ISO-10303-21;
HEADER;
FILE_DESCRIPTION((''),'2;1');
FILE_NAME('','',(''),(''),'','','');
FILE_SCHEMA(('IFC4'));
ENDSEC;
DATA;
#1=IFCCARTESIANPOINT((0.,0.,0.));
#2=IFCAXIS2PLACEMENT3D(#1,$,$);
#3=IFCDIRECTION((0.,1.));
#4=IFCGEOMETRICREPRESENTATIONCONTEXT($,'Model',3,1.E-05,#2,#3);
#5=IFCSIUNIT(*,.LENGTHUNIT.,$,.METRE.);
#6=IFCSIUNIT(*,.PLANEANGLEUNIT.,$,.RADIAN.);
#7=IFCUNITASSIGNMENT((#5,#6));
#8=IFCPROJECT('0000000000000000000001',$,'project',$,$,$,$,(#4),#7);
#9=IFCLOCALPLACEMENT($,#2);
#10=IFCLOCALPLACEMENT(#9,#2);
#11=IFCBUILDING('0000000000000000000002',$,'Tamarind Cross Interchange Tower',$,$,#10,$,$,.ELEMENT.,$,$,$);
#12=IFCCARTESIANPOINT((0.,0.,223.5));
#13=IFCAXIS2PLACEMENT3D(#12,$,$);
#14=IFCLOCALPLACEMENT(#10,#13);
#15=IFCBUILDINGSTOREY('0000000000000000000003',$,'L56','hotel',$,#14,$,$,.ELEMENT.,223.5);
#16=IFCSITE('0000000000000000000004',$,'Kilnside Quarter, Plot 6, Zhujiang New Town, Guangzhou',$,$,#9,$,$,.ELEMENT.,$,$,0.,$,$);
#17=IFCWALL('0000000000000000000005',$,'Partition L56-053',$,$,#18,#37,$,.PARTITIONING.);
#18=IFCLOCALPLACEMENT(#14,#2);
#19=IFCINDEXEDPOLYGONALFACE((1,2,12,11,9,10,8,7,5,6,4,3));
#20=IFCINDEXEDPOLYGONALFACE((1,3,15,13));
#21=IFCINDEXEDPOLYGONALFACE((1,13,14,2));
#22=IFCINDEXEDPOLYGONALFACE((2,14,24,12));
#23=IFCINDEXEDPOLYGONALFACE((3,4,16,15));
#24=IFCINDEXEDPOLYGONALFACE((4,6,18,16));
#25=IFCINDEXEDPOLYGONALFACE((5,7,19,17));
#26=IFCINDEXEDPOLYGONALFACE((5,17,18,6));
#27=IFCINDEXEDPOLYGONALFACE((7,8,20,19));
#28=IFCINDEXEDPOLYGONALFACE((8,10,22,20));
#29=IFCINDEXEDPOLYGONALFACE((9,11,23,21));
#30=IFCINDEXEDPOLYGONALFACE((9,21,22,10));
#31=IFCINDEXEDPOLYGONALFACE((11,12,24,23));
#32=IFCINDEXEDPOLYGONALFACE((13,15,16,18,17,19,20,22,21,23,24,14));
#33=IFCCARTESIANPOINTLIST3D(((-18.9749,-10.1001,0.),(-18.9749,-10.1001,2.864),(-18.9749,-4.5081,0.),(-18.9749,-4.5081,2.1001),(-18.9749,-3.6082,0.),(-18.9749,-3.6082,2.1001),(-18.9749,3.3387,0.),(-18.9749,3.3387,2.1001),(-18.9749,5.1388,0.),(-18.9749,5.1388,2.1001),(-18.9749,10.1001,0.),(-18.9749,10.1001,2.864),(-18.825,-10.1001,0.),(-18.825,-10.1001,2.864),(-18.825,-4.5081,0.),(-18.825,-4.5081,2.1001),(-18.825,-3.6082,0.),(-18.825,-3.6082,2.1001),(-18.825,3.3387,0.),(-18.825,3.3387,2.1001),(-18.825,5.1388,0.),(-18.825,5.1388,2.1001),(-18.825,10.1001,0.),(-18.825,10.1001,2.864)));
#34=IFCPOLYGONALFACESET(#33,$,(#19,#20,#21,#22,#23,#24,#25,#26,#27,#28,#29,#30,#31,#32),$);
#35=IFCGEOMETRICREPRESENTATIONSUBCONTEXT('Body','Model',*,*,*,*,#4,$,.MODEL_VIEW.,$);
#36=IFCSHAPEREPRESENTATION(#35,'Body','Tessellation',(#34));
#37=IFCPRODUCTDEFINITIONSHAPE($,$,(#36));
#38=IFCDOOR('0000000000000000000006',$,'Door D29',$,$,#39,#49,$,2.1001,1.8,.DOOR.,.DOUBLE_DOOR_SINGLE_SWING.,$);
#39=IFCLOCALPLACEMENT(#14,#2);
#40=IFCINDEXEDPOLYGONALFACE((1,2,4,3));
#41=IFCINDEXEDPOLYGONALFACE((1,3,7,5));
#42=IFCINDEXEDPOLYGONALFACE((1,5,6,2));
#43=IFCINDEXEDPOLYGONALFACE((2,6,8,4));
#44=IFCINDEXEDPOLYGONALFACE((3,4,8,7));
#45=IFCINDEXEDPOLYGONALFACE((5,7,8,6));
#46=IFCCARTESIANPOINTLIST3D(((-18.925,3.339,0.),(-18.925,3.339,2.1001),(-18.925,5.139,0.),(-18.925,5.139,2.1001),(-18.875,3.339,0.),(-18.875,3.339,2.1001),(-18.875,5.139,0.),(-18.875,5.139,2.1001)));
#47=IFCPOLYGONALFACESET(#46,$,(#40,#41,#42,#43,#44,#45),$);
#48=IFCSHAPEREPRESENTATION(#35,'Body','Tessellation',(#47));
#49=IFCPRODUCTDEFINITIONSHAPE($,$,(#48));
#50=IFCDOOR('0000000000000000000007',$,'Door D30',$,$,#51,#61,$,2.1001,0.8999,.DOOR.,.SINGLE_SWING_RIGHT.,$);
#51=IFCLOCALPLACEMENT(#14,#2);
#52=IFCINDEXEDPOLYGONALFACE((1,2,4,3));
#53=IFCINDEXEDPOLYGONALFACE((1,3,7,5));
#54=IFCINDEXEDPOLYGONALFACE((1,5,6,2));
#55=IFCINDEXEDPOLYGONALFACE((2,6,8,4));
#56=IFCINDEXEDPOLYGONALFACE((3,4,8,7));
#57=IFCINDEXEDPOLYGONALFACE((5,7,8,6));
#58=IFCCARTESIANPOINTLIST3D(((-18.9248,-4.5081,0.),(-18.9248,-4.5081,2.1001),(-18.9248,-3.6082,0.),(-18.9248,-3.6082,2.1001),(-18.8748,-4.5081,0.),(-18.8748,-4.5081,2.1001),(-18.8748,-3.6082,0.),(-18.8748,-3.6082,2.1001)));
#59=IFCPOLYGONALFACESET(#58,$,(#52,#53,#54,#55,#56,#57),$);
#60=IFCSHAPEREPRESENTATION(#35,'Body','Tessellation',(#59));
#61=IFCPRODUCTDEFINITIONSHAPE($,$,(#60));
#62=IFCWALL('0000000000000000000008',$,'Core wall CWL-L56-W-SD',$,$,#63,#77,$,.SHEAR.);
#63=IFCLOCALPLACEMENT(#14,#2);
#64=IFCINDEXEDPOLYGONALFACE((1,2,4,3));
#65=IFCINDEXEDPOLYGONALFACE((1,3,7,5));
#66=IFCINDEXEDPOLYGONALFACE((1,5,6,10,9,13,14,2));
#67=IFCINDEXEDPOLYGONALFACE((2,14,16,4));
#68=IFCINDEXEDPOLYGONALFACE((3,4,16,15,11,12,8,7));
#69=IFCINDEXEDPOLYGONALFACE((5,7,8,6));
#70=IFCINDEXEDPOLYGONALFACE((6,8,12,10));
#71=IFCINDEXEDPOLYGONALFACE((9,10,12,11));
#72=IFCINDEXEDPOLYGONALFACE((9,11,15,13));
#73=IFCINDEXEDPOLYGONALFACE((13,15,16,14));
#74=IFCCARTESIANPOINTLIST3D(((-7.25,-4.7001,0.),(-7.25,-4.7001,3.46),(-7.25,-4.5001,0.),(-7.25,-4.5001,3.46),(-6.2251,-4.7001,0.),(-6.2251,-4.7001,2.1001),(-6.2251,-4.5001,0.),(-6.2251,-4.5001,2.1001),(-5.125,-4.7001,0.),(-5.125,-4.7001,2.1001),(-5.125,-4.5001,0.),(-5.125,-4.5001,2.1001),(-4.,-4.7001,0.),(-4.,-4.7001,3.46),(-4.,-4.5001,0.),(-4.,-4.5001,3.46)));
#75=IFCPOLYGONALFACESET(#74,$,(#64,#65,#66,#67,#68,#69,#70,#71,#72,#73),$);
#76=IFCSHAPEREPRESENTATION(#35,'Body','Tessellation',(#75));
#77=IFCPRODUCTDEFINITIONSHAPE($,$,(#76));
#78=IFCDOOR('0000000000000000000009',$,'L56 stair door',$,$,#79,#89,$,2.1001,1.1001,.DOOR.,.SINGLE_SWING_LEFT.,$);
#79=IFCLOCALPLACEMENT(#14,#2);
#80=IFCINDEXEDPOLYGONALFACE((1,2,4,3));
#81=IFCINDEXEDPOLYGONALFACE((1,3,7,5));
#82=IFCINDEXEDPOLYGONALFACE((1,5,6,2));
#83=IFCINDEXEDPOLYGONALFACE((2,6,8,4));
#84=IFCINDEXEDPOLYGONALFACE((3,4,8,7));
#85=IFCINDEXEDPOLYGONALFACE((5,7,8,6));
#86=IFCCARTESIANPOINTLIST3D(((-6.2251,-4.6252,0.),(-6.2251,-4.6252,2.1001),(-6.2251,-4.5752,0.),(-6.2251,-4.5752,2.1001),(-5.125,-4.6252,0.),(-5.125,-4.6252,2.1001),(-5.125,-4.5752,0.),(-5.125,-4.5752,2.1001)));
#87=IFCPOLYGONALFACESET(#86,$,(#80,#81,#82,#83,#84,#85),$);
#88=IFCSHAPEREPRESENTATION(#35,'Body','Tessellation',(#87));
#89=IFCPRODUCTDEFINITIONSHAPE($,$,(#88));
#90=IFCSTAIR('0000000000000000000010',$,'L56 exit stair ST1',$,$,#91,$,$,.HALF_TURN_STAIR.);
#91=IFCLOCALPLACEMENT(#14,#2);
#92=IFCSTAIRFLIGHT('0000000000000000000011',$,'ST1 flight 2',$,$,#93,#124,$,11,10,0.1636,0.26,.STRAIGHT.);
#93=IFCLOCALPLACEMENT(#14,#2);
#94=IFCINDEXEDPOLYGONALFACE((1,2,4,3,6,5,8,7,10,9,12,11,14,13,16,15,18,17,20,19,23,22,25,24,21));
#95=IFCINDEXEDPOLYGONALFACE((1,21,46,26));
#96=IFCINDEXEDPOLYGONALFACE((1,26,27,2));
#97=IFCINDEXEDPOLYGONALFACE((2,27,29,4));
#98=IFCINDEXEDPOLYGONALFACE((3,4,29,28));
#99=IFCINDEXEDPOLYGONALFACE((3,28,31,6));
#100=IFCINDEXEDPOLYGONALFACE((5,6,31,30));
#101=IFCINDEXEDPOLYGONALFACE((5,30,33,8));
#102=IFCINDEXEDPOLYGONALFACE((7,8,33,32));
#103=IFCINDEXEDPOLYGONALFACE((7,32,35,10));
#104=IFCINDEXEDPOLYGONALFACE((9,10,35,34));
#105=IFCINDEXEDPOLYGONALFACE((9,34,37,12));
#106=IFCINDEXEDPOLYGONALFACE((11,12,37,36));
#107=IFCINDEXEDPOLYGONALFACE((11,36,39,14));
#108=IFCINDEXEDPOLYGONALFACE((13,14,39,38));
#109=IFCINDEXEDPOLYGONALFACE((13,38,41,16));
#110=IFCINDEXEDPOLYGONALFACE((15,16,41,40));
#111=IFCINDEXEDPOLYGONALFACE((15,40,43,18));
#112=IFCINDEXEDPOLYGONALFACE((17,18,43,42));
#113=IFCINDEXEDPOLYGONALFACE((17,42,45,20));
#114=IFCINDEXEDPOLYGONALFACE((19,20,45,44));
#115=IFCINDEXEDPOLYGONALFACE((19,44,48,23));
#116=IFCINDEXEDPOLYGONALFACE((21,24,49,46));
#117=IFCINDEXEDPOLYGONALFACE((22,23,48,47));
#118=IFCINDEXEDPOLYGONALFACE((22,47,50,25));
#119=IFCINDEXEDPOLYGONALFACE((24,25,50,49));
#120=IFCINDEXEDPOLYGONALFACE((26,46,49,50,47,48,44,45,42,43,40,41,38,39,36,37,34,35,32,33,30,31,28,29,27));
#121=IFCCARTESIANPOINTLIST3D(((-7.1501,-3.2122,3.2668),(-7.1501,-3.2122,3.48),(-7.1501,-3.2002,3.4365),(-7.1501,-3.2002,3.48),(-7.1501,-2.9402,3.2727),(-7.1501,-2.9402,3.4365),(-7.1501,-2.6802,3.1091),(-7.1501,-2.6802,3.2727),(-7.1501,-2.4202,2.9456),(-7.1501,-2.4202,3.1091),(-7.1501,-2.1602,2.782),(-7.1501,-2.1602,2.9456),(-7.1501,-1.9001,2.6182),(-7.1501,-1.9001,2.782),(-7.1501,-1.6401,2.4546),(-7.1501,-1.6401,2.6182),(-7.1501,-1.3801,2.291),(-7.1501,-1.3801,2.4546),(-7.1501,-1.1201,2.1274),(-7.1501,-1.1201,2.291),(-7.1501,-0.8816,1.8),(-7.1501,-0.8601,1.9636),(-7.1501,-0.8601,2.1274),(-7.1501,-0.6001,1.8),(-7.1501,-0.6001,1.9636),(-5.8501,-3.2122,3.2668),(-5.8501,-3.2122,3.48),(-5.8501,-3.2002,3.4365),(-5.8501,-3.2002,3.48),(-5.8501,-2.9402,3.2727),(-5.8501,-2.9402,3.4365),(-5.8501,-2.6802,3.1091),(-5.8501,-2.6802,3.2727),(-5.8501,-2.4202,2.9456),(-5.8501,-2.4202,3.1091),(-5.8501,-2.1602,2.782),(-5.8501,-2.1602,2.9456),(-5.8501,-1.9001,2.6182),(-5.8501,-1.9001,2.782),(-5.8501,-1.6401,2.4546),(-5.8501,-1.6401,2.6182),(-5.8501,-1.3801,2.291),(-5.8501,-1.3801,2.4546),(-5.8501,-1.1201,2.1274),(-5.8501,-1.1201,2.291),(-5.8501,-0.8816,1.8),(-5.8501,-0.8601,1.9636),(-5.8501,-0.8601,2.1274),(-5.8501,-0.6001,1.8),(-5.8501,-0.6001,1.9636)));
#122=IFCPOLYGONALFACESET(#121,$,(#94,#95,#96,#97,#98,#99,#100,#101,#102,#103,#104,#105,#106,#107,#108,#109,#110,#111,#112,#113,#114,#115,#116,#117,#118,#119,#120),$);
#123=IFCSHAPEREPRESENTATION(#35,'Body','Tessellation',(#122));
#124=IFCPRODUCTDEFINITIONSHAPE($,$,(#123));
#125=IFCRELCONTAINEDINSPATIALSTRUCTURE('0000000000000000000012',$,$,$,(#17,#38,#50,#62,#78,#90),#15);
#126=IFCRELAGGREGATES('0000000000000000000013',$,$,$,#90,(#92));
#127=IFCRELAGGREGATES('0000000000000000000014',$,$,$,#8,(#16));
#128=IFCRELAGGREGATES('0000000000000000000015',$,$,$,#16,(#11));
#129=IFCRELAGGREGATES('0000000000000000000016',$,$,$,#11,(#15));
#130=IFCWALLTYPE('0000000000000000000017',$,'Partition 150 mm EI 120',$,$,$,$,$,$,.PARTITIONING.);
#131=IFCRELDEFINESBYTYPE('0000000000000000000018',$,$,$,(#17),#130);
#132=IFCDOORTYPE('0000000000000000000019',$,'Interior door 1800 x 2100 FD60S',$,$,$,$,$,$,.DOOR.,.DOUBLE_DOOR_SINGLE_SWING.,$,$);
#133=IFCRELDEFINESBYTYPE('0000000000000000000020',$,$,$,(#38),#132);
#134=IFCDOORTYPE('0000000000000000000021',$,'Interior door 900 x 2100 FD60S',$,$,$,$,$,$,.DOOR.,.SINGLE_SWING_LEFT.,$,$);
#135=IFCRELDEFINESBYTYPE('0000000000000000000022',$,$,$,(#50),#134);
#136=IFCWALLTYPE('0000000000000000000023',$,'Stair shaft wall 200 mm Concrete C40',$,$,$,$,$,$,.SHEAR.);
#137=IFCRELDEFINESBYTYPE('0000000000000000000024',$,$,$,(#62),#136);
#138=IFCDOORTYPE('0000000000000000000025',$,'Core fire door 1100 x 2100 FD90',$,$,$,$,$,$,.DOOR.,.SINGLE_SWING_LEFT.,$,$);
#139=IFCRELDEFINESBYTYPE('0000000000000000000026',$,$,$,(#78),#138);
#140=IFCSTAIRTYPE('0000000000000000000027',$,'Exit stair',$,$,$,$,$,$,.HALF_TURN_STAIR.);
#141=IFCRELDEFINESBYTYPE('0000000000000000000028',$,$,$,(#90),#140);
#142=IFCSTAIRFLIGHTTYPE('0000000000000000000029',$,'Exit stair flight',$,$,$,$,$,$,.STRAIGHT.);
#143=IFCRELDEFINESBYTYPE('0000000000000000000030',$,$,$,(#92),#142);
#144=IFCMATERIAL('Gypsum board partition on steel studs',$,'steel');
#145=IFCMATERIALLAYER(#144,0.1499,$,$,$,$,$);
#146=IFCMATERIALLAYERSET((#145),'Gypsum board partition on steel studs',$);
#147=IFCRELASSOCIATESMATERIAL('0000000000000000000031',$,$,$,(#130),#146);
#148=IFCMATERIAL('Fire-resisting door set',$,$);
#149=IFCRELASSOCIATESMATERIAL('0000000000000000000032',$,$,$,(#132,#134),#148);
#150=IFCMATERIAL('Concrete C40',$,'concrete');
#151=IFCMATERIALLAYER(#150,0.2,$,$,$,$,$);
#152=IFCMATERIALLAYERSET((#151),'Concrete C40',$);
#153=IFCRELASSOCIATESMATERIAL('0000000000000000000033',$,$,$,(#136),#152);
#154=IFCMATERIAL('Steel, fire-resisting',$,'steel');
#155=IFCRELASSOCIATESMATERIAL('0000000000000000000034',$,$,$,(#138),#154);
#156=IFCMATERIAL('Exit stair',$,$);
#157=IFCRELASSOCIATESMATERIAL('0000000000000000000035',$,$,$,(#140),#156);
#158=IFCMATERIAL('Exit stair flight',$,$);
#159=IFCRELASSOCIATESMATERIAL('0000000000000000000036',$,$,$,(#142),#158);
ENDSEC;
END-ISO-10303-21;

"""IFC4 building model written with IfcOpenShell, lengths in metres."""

from ifc_helpers import new_model, si_unit, direction, frame, frame_2d, origin, place, context, subcontext, project, spatial, polyline, rectangle, outline, extrude, material, layer, layer_set, type_object, element, fill, aggregate, save


model = new_model("IFC4")

# Units and contexts
model_context = context("Model", 3, precision=1e-05, world=origin(), true_north=direction((0.0, 1.0)))
body_context = subcontext(model_context, "Body", "Model", "MODEL_VIEW")
ifc_project = project(units=[si_unit("LENGTHUNIT", "METRE"), si_unit("PLANEANGLEUNIT", "RADIAN")], contexts=[model_context])

# Site, building, storey
site_placement = place(None, origin())
site = spatial("IfcSite", under=ifc_project, at=site_placement, Name="Kilnside Quarter, Plot 6, Zhujiang New Town, Guangzhou", CompositionType="ELEMENT", RefElevation=0.0)
building_placement = place(site_placement, origin())
building = spatial("IfcBuilding", under=site, at=building_placement, Name="Tamarind Cross Interchange Tower", CompositionType="ELEMENT")
storey_placement = place(building_placement, frame((0.0, 0.0, 223.5)))
storey = spatial("IfcBuildingStorey", under=building, at=storey_placement, Name="L56", Description="hotel", CompositionType="ELEMENT", Elevation=223.5)

# Shared definitions
ifc_material_1 = material(Name="Steel, fire-resisting", Category="steel")

# Shared definitions
ifc_material_2 = material(Name="Gypsum board partition on steel studs", Category="steel")
ifc_layer_1 = layer(ifc_material_2, 0.1499)
ifc_layer_set_1 = layer_set([ifc_layer_1], Name="Gypsum board partition on steel studs")
wall_type_1 = type_object("IfcWallType", Name="Partition 150 mm EI 120", PredefinedType="PARTITIONING", material=ifc_layer_set_1)

# Wall, openings, doors
wall_1_placement = place(storey_placement, frame((-18.8999, -10.1001, 0.0), z_axis=(0.0, 0.0, 1.0), x_axis=(0.0, 1.0, 0.0)))
wall_1 = element("IfcWall", 1, at=wall_1_placement, inside=storey, type_object=wall_type_1, Name="Partition L56-053", PredefinedType="PARTITIONING", context=body_context, shape_type="SweptSolid", body=[
    extrude(rectangle(XDim=20.2002, YDim=0.1499, at=frame_2d((10.1001, 0.0))), origin(), (0.0, 0.0, 1.0), 2.864),
])
opening_1_placement = place(wall_1_placement, frame((13.439, 0.0, 0.0)))
opening_1 = element("IfcOpeningElement", 2, at=opening_1_placement, cuts=wall_1, PredefinedType="OPENING", context=body_context, shape_type="SweptSolid", body=[
    extrude(rectangle(XDim=1.8, YDim=2.1001, at=frame_2d((0.8999, 1.05))), frame((0.0, 0.085, 0.0), z_axis=(0.0, -1.0, 0.0), x_axis=(1.0, 0.0, 0.0)), (0.0, 0.0, 1.0), 0.1699),
])
opening_2_placement = place(wall_1_placement, frame((5.592, 0.0, 0.0)))
opening_2 = element("IfcOpeningElement", 3, at=opening_2_placement, cuts=wall_1, PredefinedType="OPENING", context=body_context, shape_type="SweptSolid", body=[
    extrude(rectangle(XDim=0.8999, YDim=2.1001, at=frame_2d((0.45, 1.05))), frame((0.0, 0.085, 0.0), z_axis=(0.0, -1.0, 0.0), x_axis=(1.0, 0.0, 0.0)), (0.0, 0.0, 1.0), 0.1699),
])
ifc_material_3 = material(Name="Fire-resisting door set")
door_type_1 = type_object("IfcDoorType", Name="Interior door 1800 x 2100 FD60S", OperationType="DOUBLE_DOOR_SINGLE_SWING", PredefinedType="DOOR", material=ifc_material_3)
door_1_placement = place(opening_1_placement, frame((1.8, 0.0, 0.0), z_axis=(0.0, 0.0, 1.0), x_axis=(-1.0, 0.0, 0.0)))
door_1 = element("IfcDoor", 4, at=door_1_placement, inside=storey, type_object=door_type_1, Name="Door D29", OperationType="DOUBLE_DOOR_SINGLE_SWING", OverallHeight=2.1001, OverallWidth=1.8, PredefinedType="DOOR", context=body_context, shape_type="SweptSolid", body=[
    extrude(rectangle(XDim=1.8, YDim=2.1001, at=frame_2d((0.8999, 1.05))), frame((0.0, 0.0249, 0.0), z_axis=(0.0, -1.0, 0.0), x_axis=(1.0, 0.0, 0.0)), (0.0, 0.0, 1.0), 0.05),
])
fill(opening_1, door_1)
door_type_2 = type_object("IfcDoorType", Name="Interior door 900 x 2100 FD60S", OperationType="SINGLE_SWING_LEFT", PredefinedType="DOOR", material=ifc_material_3)
door_2_placement = place(opening_2_placement, origin())
door_2 = element("IfcDoor", 5, at=door_2_placement, inside=storey, type_object=door_type_2, Name="Door D30", OperationType="SINGLE_SWING_RIGHT", OverallHeight=2.1001, OverallWidth=0.8999, PredefinedType="DOOR", context=body_context, shape_type="SweptSolid", body=[
    extrude(rectangle(XDim=0.8999, YDim=2.1001, at=frame_2d((0.45, 1.05))), frame((0.0, 0.0249, 0.0), z_axis=(0.0, -1.0, 0.0), x_axis=(1.0, 0.0, 0.0)), (0.0, 0.0, 1.0), 0.05),
])
fill(opening_2, door_2)

# Wall, opening, door
ifc_material_4 = material(Name="Concrete C40", Category="concrete")
ifc_layer_2 = layer(ifc_material_4, 0.2)
ifc_layer_set_2 = layer_set([ifc_layer_2], Name="Concrete C40")
wall_type_2 = type_object("IfcWallType", Name="Stair shaft wall 200 mm Concrete C40", PredefinedType="SHEAR", material=ifc_layer_set_2)
wall_2_placement = place(storey_placement, frame((-7.25, -4.6001, 0.0), z_axis=(0.0, 0.0, 1.0), x_axis=(1.0, 0.0, 0.0)))
wall_2 = element("IfcWall", 6, at=wall_2_placement, inside=storey, type_object=wall_type_2, Name="Core wall CWL-L56-W-SD", PredefinedType="SHEAR", context=body_context, shape_type="SweptSolid", body=[
    extrude(rectangle(XDim=3.25, YDim=0.2, at=frame_2d((1.625, 0.0))), origin(), (0.0, 0.0, 1.0), 3.46),
])
opening_3_placement = place(wall_2_placement, frame((1.0249, 0.0, 0.0)))
opening_3 = element("IfcOpeningElement", 7, at=opening_3_placement, cuts=wall_2, PredefinedType="OPENING", context=body_context, shape_type="SweptSolid", body=[
    extrude(rectangle(XDim=1.1001, YDim=2.1001, at=frame_2d((0.55, 1.05))), frame((0.0, 0.1099, 0.0), z_axis=(0.0, -1.0, 0.0), x_axis=(1.0, 0.0, 0.0)), (0.0, 0.0, 1.0), 0.22),
])
door_type_3 = type_object("IfcDoorType", Name="Core fire door 1100 x 2100 FD90", OperationType="SINGLE_SWING_LEFT", PredefinedType="DOOR", material=ifc_material_1)
door_3_placement = place(opening_3_placement, origin())
door_3 = element("IfcDoor", 8, at=door_3_placement, inside=storey, type_object=door_type_3, Name="L56 stair door", OperationType="SINGLE_SWING_LEFT", OverallHeight=2.1001, OverallWidth=1.1001, PredefinedType="DOOR", context=body_context, shape_type="SweptSolid", body=[
    extrude(rectangle(XDim=1.1001, YDim=2.1001, at=frame_2d((0.55, 1.05))), frame((0.0, 0.0249, 0.0), z_axis=(0.0, -1.0, 0.0), x_axis=(1.0, 0.0, 0.0)), (0.0, 0.0, 1.0), 0.05),
])
fill(opening_3, door_3)

# Stair, stair flight
ifc_material_5 = material(Name="Exit stair")
stair_type = type_object("IfcStairType", Name="Exit stair", PredefinedType="HALF_TURN_STAIR", material=ifc_material_5)
stair_placement = place(storey_placement, origin())
stair = element("IfcStair", 9, at=stair_placement, inside=storey, type_object=stair_type, Name="L56 exit stair ST1", PredefinedType="HALF_TURN_STAIR")
ifc_material_6 = material(Name="Exit stair flight")
stair_flight_type = type_object("IfcStairFlightType", Name="Exit stair flight", PredefinedType="STRAIGHT", material=ifc_material_6)
stair_flight_placement = place(storey_placement, frame((-6.5, -0.6001, 1.8), z_axis=(0.0, 0.0, 1.0), x_axis=(0.0, -1.0, 0.0)))
stair_flight = element("IfcStairFlight", 10, at=stair_flight_placement, type_object=stair_flight_type, Name="ST1 flight 2", NumberOfRisers=11, NumberOfTreads=10, PredefinedType="STRAIGHT", RiserHeight=0.1636, TreadLength=0.26, context=body_context, shape_type="SweptSolid", body=[
    extrude(outline(polyline([(0.0, 0.0), (0.0, 0.1636), (0.26, 0.1636), (0.26, 0.3274), (0.52, 0.3274), (0.52, 0.491), (0.78, 0.491), (0.78, 0.6545), (1.04, 0.6545), (1.04, 0.8181), (1.3, 0.8181), (1.3, 0.9819), (1.5601, 0.9819), (1.5601, 1.1455), (1.8201, 1.1455), (1.8201, 1.3091), (2.0801, 1.3091), (2.0801, 1.4727), (2.3401, 1.4727), (2.3401, 1.6365), (2.6001, 1.6365), (2.6001, 1.6799), (2.6121, 1.6799), (2.6121, 1.4668), (0.2815, 0.0), (0.0, 0.0)])), frame((0.0, 0.6499, 0.0), z_axis=(0.0, -1.0, 0.0), x_axis=(1.0, 0.0, 0.0)), (0.0, 0.0, 1.0), 1.3),
])
aggregate(stair, [stair_flight])

save(model, "model.ifc")
